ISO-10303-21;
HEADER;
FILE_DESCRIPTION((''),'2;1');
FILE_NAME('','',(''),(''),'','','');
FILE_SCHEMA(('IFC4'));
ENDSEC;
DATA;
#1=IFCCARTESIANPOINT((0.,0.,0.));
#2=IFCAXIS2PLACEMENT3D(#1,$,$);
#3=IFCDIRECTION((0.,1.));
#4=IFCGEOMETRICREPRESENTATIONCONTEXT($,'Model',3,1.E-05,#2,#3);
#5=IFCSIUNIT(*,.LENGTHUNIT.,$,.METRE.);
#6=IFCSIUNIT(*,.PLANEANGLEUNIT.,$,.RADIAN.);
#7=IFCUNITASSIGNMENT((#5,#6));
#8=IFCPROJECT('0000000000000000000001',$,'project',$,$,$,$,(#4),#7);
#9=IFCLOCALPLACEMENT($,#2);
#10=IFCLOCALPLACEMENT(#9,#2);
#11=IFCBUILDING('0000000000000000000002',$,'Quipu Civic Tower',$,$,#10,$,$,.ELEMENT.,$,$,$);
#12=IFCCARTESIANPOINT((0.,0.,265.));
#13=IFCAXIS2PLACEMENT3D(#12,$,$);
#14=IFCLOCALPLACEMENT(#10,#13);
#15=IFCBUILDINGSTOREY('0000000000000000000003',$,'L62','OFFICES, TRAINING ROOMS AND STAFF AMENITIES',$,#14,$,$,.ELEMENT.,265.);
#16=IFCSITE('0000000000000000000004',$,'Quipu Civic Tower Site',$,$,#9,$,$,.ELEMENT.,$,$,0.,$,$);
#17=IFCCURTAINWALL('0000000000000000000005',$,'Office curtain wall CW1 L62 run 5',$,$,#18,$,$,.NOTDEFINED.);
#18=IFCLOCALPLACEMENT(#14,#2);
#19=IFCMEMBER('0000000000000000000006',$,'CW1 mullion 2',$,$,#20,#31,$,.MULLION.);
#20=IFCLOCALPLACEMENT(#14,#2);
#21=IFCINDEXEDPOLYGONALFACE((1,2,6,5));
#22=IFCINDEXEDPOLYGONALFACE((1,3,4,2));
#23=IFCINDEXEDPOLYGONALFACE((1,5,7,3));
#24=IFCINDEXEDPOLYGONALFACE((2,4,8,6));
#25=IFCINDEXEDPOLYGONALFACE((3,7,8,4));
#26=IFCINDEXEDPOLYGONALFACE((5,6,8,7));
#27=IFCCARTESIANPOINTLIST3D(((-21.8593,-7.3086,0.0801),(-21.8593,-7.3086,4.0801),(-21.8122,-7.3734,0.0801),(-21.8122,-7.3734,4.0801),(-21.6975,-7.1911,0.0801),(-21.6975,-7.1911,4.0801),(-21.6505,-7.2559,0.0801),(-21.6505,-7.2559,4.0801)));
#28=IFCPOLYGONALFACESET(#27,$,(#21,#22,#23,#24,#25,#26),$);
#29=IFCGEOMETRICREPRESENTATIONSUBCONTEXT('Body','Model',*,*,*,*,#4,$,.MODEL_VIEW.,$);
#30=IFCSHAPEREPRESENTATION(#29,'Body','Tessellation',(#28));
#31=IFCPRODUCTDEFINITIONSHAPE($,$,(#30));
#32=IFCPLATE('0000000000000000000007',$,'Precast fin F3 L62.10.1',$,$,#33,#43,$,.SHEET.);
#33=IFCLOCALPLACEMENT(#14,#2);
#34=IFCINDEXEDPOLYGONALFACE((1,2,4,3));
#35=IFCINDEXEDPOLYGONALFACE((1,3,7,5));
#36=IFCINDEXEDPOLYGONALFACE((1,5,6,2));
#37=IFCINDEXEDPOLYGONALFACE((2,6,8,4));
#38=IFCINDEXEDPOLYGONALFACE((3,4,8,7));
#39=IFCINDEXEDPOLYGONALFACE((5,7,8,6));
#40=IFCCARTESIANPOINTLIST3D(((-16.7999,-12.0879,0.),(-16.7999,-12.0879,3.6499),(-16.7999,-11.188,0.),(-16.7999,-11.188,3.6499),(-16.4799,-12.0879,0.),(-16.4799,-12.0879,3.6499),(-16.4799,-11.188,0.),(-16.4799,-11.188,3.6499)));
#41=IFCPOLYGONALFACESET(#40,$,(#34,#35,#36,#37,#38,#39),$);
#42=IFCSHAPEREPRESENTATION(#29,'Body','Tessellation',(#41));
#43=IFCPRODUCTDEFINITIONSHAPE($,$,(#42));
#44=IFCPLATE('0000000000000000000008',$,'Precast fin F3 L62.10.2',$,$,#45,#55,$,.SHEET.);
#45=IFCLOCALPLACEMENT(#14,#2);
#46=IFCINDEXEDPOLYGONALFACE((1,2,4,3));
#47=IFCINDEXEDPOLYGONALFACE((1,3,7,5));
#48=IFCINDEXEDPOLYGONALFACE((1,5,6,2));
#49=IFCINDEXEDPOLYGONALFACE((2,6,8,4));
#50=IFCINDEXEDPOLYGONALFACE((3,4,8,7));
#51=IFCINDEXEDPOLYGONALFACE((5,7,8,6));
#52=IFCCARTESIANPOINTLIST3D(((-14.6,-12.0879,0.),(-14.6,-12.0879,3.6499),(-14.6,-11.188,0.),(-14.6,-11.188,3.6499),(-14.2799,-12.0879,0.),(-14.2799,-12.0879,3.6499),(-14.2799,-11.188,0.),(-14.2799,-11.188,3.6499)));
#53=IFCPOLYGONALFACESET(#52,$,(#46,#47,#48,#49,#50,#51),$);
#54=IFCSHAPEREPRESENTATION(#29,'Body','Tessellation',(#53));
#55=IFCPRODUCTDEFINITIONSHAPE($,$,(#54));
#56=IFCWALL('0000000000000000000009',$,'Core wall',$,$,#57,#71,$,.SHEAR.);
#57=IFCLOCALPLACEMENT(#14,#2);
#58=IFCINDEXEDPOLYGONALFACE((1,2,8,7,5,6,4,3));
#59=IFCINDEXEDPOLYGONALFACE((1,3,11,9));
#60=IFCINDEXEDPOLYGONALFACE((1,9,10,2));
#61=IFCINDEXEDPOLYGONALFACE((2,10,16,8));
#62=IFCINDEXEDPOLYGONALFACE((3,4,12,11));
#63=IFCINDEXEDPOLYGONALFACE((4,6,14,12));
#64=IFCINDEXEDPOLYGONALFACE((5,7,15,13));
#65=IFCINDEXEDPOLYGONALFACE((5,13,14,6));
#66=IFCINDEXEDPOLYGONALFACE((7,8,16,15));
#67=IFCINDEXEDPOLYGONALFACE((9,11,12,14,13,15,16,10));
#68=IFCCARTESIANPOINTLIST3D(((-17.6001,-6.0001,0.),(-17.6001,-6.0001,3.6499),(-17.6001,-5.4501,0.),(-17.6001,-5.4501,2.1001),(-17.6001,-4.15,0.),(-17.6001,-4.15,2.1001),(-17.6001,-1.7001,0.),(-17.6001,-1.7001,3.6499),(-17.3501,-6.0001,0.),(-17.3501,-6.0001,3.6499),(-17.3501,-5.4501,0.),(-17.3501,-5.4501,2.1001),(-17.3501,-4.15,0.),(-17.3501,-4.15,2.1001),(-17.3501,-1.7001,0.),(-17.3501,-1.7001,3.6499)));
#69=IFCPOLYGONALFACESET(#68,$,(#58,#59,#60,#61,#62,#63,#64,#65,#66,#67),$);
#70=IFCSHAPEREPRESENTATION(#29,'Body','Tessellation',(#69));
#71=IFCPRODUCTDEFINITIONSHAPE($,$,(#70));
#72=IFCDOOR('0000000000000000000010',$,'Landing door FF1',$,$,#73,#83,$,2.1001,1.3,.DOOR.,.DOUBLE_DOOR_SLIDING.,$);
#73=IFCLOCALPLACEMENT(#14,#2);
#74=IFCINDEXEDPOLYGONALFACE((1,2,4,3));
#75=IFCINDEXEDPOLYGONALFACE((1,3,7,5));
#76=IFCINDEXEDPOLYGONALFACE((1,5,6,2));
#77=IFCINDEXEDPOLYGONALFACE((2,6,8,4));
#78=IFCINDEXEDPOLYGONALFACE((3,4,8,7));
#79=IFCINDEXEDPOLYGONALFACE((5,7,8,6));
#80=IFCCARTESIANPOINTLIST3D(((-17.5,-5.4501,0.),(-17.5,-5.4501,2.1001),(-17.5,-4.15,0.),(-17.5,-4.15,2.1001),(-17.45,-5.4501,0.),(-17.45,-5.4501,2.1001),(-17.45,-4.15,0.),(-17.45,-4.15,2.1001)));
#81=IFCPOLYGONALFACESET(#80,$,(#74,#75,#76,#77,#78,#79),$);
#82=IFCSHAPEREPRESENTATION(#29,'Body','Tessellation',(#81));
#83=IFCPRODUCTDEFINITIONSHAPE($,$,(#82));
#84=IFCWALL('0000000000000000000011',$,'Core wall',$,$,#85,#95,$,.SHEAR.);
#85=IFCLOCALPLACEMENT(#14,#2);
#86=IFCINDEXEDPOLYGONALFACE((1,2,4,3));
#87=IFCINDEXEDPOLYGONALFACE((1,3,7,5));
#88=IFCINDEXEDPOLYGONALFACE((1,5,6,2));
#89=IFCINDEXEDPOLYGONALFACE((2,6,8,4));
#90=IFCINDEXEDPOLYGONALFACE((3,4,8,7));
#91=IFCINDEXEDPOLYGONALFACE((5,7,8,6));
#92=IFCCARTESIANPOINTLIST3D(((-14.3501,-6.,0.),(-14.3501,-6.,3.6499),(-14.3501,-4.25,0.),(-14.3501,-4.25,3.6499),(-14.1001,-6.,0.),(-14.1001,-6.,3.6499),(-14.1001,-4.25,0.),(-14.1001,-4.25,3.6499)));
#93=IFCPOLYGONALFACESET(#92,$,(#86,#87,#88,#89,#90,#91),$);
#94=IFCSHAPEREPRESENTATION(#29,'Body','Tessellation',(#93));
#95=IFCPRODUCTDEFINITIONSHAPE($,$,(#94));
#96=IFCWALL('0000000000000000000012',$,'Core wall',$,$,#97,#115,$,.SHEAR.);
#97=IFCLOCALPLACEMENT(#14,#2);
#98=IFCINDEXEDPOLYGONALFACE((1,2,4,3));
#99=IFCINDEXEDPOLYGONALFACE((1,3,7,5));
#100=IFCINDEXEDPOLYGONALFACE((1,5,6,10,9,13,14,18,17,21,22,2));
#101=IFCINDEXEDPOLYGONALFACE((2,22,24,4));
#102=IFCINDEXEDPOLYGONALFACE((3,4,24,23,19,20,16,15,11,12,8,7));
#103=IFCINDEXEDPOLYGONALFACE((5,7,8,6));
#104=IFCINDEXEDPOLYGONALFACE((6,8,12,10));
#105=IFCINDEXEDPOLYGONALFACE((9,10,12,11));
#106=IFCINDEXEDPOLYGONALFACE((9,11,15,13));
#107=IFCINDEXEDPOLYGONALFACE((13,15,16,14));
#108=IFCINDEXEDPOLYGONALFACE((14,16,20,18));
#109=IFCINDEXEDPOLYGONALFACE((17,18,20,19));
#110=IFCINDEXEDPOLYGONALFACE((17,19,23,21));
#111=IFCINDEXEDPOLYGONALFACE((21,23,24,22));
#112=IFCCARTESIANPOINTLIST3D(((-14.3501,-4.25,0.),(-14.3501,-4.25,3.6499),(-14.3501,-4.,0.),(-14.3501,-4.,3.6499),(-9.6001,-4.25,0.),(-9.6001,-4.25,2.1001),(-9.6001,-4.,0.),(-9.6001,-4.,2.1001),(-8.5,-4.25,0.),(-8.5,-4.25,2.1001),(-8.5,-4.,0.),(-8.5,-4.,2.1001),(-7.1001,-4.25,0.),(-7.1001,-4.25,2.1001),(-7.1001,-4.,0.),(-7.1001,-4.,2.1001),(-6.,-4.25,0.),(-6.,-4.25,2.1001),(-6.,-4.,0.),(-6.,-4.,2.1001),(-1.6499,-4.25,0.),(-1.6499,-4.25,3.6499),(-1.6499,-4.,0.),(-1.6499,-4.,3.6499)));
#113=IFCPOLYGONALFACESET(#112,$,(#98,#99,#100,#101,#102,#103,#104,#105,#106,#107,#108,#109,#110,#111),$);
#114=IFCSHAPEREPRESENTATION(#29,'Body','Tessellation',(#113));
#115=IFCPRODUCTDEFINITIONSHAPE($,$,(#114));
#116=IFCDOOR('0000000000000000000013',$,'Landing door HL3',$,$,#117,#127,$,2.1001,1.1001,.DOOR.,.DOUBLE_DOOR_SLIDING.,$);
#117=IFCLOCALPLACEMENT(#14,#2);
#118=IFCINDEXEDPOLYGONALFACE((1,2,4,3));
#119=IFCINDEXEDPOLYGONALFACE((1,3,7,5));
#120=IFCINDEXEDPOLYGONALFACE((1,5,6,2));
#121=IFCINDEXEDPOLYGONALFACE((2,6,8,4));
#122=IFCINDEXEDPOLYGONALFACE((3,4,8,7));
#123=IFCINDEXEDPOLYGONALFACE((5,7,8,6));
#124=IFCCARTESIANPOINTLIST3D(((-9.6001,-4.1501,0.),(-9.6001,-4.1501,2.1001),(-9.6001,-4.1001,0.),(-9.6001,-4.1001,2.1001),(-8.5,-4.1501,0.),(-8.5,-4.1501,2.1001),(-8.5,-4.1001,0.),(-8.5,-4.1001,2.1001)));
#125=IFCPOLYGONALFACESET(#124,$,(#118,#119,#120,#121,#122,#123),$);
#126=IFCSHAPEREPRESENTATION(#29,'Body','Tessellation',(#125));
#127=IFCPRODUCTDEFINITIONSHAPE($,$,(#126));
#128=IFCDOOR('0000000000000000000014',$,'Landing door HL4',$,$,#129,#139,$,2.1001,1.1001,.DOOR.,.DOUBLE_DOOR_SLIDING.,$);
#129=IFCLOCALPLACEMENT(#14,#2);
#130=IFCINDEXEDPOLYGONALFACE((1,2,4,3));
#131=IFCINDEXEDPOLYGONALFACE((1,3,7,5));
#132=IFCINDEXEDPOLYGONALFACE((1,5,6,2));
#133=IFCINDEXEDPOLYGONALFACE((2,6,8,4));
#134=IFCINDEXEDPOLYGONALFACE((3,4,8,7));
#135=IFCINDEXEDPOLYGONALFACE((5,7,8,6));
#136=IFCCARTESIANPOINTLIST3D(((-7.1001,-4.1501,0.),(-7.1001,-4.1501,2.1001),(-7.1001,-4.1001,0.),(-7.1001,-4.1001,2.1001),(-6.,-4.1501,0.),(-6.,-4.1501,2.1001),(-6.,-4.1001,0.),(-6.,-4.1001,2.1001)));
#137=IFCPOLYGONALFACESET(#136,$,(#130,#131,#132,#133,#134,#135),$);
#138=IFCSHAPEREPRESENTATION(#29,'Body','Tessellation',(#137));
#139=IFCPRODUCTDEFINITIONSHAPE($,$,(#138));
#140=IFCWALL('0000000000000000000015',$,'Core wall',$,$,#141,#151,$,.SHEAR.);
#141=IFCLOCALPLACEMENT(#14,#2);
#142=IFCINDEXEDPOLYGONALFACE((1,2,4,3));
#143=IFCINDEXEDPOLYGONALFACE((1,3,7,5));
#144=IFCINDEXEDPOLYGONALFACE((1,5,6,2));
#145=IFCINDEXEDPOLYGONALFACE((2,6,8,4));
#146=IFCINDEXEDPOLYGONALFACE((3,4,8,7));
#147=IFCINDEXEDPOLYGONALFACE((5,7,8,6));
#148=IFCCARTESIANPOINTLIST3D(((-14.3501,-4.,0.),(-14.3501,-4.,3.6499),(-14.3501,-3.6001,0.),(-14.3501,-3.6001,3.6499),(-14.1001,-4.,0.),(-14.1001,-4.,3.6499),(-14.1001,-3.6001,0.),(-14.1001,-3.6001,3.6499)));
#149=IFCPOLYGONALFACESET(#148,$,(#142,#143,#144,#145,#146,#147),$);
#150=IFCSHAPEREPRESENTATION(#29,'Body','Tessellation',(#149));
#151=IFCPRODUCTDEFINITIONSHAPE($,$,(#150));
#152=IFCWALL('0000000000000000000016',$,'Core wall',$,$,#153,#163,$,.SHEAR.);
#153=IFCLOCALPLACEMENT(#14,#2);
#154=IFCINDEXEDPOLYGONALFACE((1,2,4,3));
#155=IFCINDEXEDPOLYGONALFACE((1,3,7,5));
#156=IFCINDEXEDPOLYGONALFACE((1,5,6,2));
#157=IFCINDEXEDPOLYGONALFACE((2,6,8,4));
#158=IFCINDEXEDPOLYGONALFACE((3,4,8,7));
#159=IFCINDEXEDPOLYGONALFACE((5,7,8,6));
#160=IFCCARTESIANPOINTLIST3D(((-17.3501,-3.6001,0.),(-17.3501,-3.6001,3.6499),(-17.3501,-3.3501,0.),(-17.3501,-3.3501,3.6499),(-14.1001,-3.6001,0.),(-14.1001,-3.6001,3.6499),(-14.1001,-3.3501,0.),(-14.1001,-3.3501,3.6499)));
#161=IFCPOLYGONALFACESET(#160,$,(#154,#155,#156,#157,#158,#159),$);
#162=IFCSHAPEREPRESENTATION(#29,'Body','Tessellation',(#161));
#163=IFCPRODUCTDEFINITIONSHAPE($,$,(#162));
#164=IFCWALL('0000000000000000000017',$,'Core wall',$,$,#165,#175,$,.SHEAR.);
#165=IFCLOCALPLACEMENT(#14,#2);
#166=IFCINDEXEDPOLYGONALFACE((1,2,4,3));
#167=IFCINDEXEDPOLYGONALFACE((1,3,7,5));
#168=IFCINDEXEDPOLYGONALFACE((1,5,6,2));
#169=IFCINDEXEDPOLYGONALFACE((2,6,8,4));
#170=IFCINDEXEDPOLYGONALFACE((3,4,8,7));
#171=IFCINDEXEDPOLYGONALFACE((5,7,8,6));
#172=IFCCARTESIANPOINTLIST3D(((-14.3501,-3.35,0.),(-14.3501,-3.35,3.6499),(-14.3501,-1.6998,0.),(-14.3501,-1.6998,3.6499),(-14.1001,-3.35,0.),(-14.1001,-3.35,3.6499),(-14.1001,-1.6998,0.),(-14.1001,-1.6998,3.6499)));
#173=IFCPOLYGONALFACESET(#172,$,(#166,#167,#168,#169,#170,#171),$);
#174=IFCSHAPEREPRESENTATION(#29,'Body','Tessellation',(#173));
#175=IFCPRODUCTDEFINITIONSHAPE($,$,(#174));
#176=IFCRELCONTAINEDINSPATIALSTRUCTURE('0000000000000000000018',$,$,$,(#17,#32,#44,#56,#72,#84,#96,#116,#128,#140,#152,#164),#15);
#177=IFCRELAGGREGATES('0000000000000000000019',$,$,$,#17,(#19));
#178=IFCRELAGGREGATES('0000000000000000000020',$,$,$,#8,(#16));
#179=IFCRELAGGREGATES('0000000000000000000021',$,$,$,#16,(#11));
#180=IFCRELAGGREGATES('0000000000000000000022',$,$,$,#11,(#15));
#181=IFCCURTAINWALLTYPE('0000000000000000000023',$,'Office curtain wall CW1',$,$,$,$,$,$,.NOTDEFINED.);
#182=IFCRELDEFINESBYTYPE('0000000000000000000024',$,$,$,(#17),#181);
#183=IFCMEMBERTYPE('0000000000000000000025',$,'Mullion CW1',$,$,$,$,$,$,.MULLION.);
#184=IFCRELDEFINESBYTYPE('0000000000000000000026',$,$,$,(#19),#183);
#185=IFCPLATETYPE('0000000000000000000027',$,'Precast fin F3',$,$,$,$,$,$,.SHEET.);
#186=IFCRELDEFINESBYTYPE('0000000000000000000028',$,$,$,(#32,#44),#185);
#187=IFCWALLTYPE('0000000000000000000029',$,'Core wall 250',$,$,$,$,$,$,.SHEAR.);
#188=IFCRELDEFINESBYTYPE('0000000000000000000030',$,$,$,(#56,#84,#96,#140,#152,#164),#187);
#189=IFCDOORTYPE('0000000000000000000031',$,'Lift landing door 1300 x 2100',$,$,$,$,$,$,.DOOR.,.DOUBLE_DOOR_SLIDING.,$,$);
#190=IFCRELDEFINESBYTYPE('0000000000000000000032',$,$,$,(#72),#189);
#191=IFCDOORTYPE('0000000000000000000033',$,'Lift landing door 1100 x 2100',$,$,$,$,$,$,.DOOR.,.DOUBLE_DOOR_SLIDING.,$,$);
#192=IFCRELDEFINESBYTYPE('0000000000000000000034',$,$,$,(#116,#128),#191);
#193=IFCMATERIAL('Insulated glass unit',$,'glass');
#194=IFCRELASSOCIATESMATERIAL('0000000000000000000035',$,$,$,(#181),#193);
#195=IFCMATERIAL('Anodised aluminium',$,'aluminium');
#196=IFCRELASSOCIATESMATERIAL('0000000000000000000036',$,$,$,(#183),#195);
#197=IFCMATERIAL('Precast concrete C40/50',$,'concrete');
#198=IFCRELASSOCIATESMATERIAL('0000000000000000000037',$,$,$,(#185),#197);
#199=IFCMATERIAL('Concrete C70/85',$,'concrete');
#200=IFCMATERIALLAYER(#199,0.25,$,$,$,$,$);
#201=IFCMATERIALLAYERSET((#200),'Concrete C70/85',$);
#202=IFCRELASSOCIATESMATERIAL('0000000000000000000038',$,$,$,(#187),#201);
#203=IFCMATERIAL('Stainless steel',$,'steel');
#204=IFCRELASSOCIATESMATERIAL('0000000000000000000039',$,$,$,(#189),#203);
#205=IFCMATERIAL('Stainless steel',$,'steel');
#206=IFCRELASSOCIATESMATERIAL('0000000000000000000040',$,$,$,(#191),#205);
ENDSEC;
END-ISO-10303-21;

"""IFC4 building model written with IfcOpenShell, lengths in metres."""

from ifc_helpers import new_model, si_unit, direction, frame, frame_2d, origin, origin_2d, place, context, subcontext, project, spatial, rectangle, extrude, material, layer, layer_set, material_profile, profile_set, type_object, element, fill, aggregate, save


model = new_model("IFC4")

# Units and contexts
model_context = context("Model", 3, precision=1e-05, world=origin(), true_north=direction((0.0, 1.0)))
body_context = subcontext(model_context, "Body", "Model", "MODEL_VIEW")
ifc_project = project(units=[si_unit("LENGTHUNIT", "METRE"), si_unit("PLANEANGLEUNIT", "RADIAN")], contexts=[model_context])

# Site, building, storey
site_placement = place(None, origin())
site = spatial("IfcSite", under=ifc_project, at=site_placement, Name="Quipu Civic Tower Site", CompositionType="ELEMENT", RefElevation=0.0)
building_placement = place(site_placement, origin())
building = spatial("IfcBuilding", under=site, at=building_placement, Name="Quipu Civic Tower", CompositionType="ELEMENT")
storey_placement = place(building_placement, frame((0.0, 0.0, 265.0)))
storey = spatial("IfcBuildingStorey", under=building, at=storey_placement, Name="L62", Description="OFFICES, TRAINING ROOMS AND STAFF AMENITIES", CompositionType="ELEMENT", Elevation=265.0)

# Curtain wall, member
ifc_material_1 = material(Name="Insulated glass unit", Category="glass")
curtain_wall_type = type_object("IfcCurtainWallType", Name="Office curtain wall CW1", PredefinedType="NOTDEFINED", material=ifc_material_1)
curtain_wall_placement = place(storey_placement, origin())
curtain_wall = element("IfcCurtainWall", 1, at=curtain_wall_placement, inside=storey, type_object=curtain_wall_type, Name="Office curtain wall CW1 L62 run 5", PredefinedType="NOTDEFINED")
ifc_material_2 = material(Name="Anodised aluminium", Category="aluminium")
ifc_material_profile = material_profile(ifc_material_2, rectangle(XDim=0.2, YDim=0.0801, at=origin_2d()), Name="RECT 200x80")
ifc_profile_set = profile_set([ifc_material_profile], Name="Anodised aluminium")
member_type = type_object("IfcMemberType", Name="Mullion CW1", PredefinedType="MULLION", material=ifc_profile_set)
member_placement = place(storey_placement, frame((-21.7549, -7.2822, 0.0801), z_axis=(0.0, 0.0, 1.0), x_axis=(0.809019, 0.587783, 0.0)))
member = element("IfcMember", 2, at=member_placement, type_object=member_type, Name="CW1 mullion 2", PredefinedType="MULLION", context=body_context, shape_type="SweptSolid", body=[
    extrude(rectangle(XDim=0.2, YDim=0.0801, at=origin_2d()), origin(), (0.0, 0.0, 1.0), 4.0),
])
aggregate(curtain_wall, [member])

# Plates
ifc_material_3 = material(Name="Precast concrete C40/50", Category="concrete")
plate_type = type_object("IfcPlateType", Name="Precast fin F3", PredefinedType="SHEET", material=ifc_material_3)
for number, where, z_axis, x_axis, name in (
    (3, (-16.6399, -11.6379, 0.0), (0.0, 0.0, 1.0), (1.0, 0.0, 0.0), "Precast fin F3 L62.10.1"),
    (4, (-14.4399, -11.6379, 0.0), (0.0, 0.0, 1.0), (1.0, 0.0, 0.0), "Precast fin F3 L62.10.2"),
):
    element("IfcPlate", number, at=place(storey_placement, frame(where, z_axis=z_axis, x_axis=x_axis)), inside=storey, type_object=plate_type, Name=name, PredefinedType="SHEET", context=body_context, shape_type="SweptSolid", body=[
        extrude(rectangle(XDim=0.3201, YDim=0.8999, at=origin_2d()), origin(), (0.0, 0.0, 1.0), 3.6499),
    ])

# Wall, opening, door
ifc_material_4 = material(Name="Concrete C70/85", Category="concrete")
ifc_layer_1 = layer(ifc_material_4, 0.25)
ifc_layer_set_1 = layer_set([ifc_layer_1], Name="Concrete C70/85")
wall_type_1 = type_object("IfcWallType", Name="Core wall 250", PredefinedType="SHEAR", material=ifc_layer_set_1)
wall_1_placement = place(storey_placement, frame((-17.4751, -6.0, 0.0), z_axis=(0.0, 0.0, 1.0), x_axis=(0.0, 1.0, 0.0)))
wall_1 = element("IfcWall", 5, at=wall_1_placement, inside=storey, type_object=wall_type_1, Name="Core wall", PredefinedType="SHEAR", context=body_context, shape_type="SweptSolid", body=[
    extrude(rectangle(XDim=4.3, YDim=0.25, at=frame_2d((2.1499, 0.0))), origin(), (0.0, 0.0, 1.0), 3.6499),
])
opening_1_placement = place(wall_1_placement, frame((0.55, 0.0, 0.0)))
opening_1 = element("IfcOpeningElement", 6, at=opening_1_placement, cuts=wall_1, PredefinedType="OPENING", context=body_context, shape_type="SweptSolid", body=[
    extrude(rectangle(XDim=1.3, YDim=2.1001, at=frame_2d((0.6499, 1.05))), frame((0.0, 0.135, 0.0), z_axis=(0.0, -1.0, 0.0), x_axis=(1.0, 0.0, 0.0)), (0.0, 0.0, 1.0), 0.27),
])
ifc_material_5 = material(Name="Stainless steel", Category="steel")
door_type_1 = type_object("IfcDoorType", Name="Lift landing door 1300 x 2100", OperationType="DOUBLE_DOOR_SLIDING", PredefinedType="DOOR", material=ifc_material_5)
door_1_placement = place(opening_1_placement, origin())
door_1 = element("IfcDoor", 7, at=door_1_placement, inside=storey, type_object=door_type_1, Name="Landing door FF1", OperationType="DOUBLE_DOOR_SLIDING", OverallHeight=2.1001, OverallWidth=1.3, PredefinedType="DOOR", context=body_context, shape_type="SweptSolid", body=[
    extrude(rectangle(XDim=1.3, YDim=2.1001, at=frame_2d((0.6499, 1.05))), frame((0.0, 0.0249, 0.0), z_axis=(0.0, -1.0, 0.0), x_axis=(1.0, 0.0, 0.0)), (0.0, 0.0, 1.0), 0.05),
])
fill(opening_1, door_1)

# Wall
wall_2_placement = place(storey_placement, frame((-14.2251, -6.0, 0.0), z_axis=(0.0, 0.0, 1.0), x_axis=(0.0, 1.0, 0.0)))
element("IfcWall", 8, at=wall_2_placement, inside=storey, type_object=wall_type_1, Name="Core wall", PredefinedType="SHEAR", context=body_context, shape_type="SweptSolid", body=[
    extrude(rectangle(XDim=1.75, YDim=0.25, at=frame_2d((0.875, 0.0))), origin(), (0.0, 0.0, 1.0), 3.6499),
])

# Wall, openings, doors
wall_3_placement = place(storey_placement, frame((-14.3501, -4.125, 0.0), z_axis=(0.0, 0.0, 1.0), x_axis=(1.0, 0.0, 0.0)))
wall_3 = element("IfcWall", 9, at=wall_3_placement, inside=storey, type_object=wall_type_1, Name="Core wall", PredefinedType="SHEAR", context=body_context, shape_type="SweptSolid", body=[
    extrude(rectangle(XDim=12.7002, YDim=0.25, at=frame_2d((6.3501, 0.0))), origin(), (0.0, 0.0, 1.0), 3.6499),
])
opening_2_placement = place(wall_3_placement, frame((4.75, 0.0, 0.0)))
opening_2 = element("IfcOpeningElement", 10, at=opening_2_placement, cuts=wall_3, PredefinedType="OPENING", context=body_context, shape_type="SweptSolid", body=[
    extrude(rectangle(XDim=1.1001, YDim=2.1001, at=frame_2d((0.55, 1.05))), frame((0.0, 0.135, 0.0), z_axis=(0.0, -1.0, 0.0), x_axis=(1.0, 0.0, 0.0)), (0.0, 0.0, 1.0), 0.27),
])
opening_3_placement = place(wall_3_placement, frame((7.25, 0.0, 0.0)))
opening_3 = element("IfcOpeningElement", 11, at=opening_3_placement, cuts=wall_3, PredefinedType="OPENING", context=body_context, shape_type="SweptSolid", body=[
    extrude(rectangle(XDim=1.1001, YDim=2.1001, at=frame_2d((0.55, 1.05))), frame((0.0, 0.135, 0.0), z_axis=(0.0, -1.0, 0.0), x_axis=(1.0, 0.0, 0.0)), (0.0, 0.0, 1.0), 0.27),
])
ifc_material_6 = material(Name="Stainless steel", Category="steel")
door_type_2 = type_object("IfcDoorType", Name="Lift landing door 1100 x 2100", OperationType="DOUBLE_DOOR_SLIDING", PredefinedType="DOOR", material=ifc_material_6)
door_2_placement = place(opening_2_placement, origin())
door_2 = element("IfcDoor", 12, at=door_2_placement, inside=storey, type_object=door_type_2, Name="Landing door HL3", OperationType="DOUBLE_DOOR_SLIDING", OverallHeight=2.1001, OverallWidth=1.1001, PredefinedType="DOOR", context=body_context, shape_type="SweptSolid", body=[
    extrude(rectangle(XDim=1.1001, YDim=2.1001, at=frame_2d((0.55, 1.05))), frame((0.0, 0.0249, 0.0), z_axis=(0.0, -1.0, 0.0), x_axis=(1.0, 0.0, 0.0)), (0.0, 0.0, 1.0), 0.05),
])
fill(opening_2, door_2)
door_3_placement = place(opening_3_placement, origin())
door_3 = element("IfcDoor", 13, at=door_3_placement, inside=storey, type_object=door_type_2, Name="Landing door HL4", OperationType="DOUBLE_DOOR_SLIDING", OverallHeight=2.1001, OverallWidth=1.1001, PredefinedType="DOOR", context=body_context, shape_type="SweptSolid", body=[
    extrude(rectangle(XDim=1.1001, YDim=2.1001, at=frame_2d((0.55, 1.05))), frame((0.0, 0.0249, 0.0), z_axis=(0.0, -1.0, 0.0), x_axis=(1.0, 0.0, 0.0)), (0.0, 0.0, 1.0), 0.05),
])
fill(opening_3, door_3)

# Walls
wall_4_placement = place(storey_placement, frame((-14.2251, -4.0, 0.0), z_axis=(0.0, 0.0, 1.0), x_axis=(0.0, 1.0, 0.0)))
element("IfcWall", 14, at=wall_4_placement, inside=storey, type_object=wall_type_1, Name="Core wall", PredefinedType="SHEAR", context=body_context, shape_type="SweptSolid", body=[
    extrude(rectangle(XDim=0.3999, YDim=0.25, at=frame_2d((0.2, 0.0))), origin(), (0.0, 0.0, 1.0), 3.6499),
])
wall_5_placement = place(storey_placement, frame((-17.3501, -3.4751, 0.0), z_axis=(0.0, 0.0, 1.0), x_axis=(1.0, 0.0, 0.0)))
element("IfcWall", 15, at=wall_5_placement, inside=storey, type_object=wall_type_1, Name="Core wall", PredefinedType="SHEAR", context=body_context, shape_type="SweptSolid", body=[
    extrude(rectangle(XDim=3.25, YDim=0.25, at=frame_2d((1.625, 0.0))), origin(), (0.0, 0.0, 1.0), 3.6499),
])
wall_6_placement = place(storey_placement, frame((-14.2251, -3.3501, 0.0), z_axis=(0.0, 0.0, 1.0), x_axis=(0.0, 1.0, 0.0)))
element("IfcWall", 16, at=wall_6_placement, inside=storey, type_object=wall_type_1, Name="Core wall", PredefinedType="SHEAR", context=body_context, shape_type="SweptSolid", body=[
    extrude(rectangle(XDim=1.6501, YDim=0.25, at=frame_2d((0.8252, 0.0))), origin(), (0.0, 0.0, 1.0), 3.6499),
])

save(model, "model.ifc")
